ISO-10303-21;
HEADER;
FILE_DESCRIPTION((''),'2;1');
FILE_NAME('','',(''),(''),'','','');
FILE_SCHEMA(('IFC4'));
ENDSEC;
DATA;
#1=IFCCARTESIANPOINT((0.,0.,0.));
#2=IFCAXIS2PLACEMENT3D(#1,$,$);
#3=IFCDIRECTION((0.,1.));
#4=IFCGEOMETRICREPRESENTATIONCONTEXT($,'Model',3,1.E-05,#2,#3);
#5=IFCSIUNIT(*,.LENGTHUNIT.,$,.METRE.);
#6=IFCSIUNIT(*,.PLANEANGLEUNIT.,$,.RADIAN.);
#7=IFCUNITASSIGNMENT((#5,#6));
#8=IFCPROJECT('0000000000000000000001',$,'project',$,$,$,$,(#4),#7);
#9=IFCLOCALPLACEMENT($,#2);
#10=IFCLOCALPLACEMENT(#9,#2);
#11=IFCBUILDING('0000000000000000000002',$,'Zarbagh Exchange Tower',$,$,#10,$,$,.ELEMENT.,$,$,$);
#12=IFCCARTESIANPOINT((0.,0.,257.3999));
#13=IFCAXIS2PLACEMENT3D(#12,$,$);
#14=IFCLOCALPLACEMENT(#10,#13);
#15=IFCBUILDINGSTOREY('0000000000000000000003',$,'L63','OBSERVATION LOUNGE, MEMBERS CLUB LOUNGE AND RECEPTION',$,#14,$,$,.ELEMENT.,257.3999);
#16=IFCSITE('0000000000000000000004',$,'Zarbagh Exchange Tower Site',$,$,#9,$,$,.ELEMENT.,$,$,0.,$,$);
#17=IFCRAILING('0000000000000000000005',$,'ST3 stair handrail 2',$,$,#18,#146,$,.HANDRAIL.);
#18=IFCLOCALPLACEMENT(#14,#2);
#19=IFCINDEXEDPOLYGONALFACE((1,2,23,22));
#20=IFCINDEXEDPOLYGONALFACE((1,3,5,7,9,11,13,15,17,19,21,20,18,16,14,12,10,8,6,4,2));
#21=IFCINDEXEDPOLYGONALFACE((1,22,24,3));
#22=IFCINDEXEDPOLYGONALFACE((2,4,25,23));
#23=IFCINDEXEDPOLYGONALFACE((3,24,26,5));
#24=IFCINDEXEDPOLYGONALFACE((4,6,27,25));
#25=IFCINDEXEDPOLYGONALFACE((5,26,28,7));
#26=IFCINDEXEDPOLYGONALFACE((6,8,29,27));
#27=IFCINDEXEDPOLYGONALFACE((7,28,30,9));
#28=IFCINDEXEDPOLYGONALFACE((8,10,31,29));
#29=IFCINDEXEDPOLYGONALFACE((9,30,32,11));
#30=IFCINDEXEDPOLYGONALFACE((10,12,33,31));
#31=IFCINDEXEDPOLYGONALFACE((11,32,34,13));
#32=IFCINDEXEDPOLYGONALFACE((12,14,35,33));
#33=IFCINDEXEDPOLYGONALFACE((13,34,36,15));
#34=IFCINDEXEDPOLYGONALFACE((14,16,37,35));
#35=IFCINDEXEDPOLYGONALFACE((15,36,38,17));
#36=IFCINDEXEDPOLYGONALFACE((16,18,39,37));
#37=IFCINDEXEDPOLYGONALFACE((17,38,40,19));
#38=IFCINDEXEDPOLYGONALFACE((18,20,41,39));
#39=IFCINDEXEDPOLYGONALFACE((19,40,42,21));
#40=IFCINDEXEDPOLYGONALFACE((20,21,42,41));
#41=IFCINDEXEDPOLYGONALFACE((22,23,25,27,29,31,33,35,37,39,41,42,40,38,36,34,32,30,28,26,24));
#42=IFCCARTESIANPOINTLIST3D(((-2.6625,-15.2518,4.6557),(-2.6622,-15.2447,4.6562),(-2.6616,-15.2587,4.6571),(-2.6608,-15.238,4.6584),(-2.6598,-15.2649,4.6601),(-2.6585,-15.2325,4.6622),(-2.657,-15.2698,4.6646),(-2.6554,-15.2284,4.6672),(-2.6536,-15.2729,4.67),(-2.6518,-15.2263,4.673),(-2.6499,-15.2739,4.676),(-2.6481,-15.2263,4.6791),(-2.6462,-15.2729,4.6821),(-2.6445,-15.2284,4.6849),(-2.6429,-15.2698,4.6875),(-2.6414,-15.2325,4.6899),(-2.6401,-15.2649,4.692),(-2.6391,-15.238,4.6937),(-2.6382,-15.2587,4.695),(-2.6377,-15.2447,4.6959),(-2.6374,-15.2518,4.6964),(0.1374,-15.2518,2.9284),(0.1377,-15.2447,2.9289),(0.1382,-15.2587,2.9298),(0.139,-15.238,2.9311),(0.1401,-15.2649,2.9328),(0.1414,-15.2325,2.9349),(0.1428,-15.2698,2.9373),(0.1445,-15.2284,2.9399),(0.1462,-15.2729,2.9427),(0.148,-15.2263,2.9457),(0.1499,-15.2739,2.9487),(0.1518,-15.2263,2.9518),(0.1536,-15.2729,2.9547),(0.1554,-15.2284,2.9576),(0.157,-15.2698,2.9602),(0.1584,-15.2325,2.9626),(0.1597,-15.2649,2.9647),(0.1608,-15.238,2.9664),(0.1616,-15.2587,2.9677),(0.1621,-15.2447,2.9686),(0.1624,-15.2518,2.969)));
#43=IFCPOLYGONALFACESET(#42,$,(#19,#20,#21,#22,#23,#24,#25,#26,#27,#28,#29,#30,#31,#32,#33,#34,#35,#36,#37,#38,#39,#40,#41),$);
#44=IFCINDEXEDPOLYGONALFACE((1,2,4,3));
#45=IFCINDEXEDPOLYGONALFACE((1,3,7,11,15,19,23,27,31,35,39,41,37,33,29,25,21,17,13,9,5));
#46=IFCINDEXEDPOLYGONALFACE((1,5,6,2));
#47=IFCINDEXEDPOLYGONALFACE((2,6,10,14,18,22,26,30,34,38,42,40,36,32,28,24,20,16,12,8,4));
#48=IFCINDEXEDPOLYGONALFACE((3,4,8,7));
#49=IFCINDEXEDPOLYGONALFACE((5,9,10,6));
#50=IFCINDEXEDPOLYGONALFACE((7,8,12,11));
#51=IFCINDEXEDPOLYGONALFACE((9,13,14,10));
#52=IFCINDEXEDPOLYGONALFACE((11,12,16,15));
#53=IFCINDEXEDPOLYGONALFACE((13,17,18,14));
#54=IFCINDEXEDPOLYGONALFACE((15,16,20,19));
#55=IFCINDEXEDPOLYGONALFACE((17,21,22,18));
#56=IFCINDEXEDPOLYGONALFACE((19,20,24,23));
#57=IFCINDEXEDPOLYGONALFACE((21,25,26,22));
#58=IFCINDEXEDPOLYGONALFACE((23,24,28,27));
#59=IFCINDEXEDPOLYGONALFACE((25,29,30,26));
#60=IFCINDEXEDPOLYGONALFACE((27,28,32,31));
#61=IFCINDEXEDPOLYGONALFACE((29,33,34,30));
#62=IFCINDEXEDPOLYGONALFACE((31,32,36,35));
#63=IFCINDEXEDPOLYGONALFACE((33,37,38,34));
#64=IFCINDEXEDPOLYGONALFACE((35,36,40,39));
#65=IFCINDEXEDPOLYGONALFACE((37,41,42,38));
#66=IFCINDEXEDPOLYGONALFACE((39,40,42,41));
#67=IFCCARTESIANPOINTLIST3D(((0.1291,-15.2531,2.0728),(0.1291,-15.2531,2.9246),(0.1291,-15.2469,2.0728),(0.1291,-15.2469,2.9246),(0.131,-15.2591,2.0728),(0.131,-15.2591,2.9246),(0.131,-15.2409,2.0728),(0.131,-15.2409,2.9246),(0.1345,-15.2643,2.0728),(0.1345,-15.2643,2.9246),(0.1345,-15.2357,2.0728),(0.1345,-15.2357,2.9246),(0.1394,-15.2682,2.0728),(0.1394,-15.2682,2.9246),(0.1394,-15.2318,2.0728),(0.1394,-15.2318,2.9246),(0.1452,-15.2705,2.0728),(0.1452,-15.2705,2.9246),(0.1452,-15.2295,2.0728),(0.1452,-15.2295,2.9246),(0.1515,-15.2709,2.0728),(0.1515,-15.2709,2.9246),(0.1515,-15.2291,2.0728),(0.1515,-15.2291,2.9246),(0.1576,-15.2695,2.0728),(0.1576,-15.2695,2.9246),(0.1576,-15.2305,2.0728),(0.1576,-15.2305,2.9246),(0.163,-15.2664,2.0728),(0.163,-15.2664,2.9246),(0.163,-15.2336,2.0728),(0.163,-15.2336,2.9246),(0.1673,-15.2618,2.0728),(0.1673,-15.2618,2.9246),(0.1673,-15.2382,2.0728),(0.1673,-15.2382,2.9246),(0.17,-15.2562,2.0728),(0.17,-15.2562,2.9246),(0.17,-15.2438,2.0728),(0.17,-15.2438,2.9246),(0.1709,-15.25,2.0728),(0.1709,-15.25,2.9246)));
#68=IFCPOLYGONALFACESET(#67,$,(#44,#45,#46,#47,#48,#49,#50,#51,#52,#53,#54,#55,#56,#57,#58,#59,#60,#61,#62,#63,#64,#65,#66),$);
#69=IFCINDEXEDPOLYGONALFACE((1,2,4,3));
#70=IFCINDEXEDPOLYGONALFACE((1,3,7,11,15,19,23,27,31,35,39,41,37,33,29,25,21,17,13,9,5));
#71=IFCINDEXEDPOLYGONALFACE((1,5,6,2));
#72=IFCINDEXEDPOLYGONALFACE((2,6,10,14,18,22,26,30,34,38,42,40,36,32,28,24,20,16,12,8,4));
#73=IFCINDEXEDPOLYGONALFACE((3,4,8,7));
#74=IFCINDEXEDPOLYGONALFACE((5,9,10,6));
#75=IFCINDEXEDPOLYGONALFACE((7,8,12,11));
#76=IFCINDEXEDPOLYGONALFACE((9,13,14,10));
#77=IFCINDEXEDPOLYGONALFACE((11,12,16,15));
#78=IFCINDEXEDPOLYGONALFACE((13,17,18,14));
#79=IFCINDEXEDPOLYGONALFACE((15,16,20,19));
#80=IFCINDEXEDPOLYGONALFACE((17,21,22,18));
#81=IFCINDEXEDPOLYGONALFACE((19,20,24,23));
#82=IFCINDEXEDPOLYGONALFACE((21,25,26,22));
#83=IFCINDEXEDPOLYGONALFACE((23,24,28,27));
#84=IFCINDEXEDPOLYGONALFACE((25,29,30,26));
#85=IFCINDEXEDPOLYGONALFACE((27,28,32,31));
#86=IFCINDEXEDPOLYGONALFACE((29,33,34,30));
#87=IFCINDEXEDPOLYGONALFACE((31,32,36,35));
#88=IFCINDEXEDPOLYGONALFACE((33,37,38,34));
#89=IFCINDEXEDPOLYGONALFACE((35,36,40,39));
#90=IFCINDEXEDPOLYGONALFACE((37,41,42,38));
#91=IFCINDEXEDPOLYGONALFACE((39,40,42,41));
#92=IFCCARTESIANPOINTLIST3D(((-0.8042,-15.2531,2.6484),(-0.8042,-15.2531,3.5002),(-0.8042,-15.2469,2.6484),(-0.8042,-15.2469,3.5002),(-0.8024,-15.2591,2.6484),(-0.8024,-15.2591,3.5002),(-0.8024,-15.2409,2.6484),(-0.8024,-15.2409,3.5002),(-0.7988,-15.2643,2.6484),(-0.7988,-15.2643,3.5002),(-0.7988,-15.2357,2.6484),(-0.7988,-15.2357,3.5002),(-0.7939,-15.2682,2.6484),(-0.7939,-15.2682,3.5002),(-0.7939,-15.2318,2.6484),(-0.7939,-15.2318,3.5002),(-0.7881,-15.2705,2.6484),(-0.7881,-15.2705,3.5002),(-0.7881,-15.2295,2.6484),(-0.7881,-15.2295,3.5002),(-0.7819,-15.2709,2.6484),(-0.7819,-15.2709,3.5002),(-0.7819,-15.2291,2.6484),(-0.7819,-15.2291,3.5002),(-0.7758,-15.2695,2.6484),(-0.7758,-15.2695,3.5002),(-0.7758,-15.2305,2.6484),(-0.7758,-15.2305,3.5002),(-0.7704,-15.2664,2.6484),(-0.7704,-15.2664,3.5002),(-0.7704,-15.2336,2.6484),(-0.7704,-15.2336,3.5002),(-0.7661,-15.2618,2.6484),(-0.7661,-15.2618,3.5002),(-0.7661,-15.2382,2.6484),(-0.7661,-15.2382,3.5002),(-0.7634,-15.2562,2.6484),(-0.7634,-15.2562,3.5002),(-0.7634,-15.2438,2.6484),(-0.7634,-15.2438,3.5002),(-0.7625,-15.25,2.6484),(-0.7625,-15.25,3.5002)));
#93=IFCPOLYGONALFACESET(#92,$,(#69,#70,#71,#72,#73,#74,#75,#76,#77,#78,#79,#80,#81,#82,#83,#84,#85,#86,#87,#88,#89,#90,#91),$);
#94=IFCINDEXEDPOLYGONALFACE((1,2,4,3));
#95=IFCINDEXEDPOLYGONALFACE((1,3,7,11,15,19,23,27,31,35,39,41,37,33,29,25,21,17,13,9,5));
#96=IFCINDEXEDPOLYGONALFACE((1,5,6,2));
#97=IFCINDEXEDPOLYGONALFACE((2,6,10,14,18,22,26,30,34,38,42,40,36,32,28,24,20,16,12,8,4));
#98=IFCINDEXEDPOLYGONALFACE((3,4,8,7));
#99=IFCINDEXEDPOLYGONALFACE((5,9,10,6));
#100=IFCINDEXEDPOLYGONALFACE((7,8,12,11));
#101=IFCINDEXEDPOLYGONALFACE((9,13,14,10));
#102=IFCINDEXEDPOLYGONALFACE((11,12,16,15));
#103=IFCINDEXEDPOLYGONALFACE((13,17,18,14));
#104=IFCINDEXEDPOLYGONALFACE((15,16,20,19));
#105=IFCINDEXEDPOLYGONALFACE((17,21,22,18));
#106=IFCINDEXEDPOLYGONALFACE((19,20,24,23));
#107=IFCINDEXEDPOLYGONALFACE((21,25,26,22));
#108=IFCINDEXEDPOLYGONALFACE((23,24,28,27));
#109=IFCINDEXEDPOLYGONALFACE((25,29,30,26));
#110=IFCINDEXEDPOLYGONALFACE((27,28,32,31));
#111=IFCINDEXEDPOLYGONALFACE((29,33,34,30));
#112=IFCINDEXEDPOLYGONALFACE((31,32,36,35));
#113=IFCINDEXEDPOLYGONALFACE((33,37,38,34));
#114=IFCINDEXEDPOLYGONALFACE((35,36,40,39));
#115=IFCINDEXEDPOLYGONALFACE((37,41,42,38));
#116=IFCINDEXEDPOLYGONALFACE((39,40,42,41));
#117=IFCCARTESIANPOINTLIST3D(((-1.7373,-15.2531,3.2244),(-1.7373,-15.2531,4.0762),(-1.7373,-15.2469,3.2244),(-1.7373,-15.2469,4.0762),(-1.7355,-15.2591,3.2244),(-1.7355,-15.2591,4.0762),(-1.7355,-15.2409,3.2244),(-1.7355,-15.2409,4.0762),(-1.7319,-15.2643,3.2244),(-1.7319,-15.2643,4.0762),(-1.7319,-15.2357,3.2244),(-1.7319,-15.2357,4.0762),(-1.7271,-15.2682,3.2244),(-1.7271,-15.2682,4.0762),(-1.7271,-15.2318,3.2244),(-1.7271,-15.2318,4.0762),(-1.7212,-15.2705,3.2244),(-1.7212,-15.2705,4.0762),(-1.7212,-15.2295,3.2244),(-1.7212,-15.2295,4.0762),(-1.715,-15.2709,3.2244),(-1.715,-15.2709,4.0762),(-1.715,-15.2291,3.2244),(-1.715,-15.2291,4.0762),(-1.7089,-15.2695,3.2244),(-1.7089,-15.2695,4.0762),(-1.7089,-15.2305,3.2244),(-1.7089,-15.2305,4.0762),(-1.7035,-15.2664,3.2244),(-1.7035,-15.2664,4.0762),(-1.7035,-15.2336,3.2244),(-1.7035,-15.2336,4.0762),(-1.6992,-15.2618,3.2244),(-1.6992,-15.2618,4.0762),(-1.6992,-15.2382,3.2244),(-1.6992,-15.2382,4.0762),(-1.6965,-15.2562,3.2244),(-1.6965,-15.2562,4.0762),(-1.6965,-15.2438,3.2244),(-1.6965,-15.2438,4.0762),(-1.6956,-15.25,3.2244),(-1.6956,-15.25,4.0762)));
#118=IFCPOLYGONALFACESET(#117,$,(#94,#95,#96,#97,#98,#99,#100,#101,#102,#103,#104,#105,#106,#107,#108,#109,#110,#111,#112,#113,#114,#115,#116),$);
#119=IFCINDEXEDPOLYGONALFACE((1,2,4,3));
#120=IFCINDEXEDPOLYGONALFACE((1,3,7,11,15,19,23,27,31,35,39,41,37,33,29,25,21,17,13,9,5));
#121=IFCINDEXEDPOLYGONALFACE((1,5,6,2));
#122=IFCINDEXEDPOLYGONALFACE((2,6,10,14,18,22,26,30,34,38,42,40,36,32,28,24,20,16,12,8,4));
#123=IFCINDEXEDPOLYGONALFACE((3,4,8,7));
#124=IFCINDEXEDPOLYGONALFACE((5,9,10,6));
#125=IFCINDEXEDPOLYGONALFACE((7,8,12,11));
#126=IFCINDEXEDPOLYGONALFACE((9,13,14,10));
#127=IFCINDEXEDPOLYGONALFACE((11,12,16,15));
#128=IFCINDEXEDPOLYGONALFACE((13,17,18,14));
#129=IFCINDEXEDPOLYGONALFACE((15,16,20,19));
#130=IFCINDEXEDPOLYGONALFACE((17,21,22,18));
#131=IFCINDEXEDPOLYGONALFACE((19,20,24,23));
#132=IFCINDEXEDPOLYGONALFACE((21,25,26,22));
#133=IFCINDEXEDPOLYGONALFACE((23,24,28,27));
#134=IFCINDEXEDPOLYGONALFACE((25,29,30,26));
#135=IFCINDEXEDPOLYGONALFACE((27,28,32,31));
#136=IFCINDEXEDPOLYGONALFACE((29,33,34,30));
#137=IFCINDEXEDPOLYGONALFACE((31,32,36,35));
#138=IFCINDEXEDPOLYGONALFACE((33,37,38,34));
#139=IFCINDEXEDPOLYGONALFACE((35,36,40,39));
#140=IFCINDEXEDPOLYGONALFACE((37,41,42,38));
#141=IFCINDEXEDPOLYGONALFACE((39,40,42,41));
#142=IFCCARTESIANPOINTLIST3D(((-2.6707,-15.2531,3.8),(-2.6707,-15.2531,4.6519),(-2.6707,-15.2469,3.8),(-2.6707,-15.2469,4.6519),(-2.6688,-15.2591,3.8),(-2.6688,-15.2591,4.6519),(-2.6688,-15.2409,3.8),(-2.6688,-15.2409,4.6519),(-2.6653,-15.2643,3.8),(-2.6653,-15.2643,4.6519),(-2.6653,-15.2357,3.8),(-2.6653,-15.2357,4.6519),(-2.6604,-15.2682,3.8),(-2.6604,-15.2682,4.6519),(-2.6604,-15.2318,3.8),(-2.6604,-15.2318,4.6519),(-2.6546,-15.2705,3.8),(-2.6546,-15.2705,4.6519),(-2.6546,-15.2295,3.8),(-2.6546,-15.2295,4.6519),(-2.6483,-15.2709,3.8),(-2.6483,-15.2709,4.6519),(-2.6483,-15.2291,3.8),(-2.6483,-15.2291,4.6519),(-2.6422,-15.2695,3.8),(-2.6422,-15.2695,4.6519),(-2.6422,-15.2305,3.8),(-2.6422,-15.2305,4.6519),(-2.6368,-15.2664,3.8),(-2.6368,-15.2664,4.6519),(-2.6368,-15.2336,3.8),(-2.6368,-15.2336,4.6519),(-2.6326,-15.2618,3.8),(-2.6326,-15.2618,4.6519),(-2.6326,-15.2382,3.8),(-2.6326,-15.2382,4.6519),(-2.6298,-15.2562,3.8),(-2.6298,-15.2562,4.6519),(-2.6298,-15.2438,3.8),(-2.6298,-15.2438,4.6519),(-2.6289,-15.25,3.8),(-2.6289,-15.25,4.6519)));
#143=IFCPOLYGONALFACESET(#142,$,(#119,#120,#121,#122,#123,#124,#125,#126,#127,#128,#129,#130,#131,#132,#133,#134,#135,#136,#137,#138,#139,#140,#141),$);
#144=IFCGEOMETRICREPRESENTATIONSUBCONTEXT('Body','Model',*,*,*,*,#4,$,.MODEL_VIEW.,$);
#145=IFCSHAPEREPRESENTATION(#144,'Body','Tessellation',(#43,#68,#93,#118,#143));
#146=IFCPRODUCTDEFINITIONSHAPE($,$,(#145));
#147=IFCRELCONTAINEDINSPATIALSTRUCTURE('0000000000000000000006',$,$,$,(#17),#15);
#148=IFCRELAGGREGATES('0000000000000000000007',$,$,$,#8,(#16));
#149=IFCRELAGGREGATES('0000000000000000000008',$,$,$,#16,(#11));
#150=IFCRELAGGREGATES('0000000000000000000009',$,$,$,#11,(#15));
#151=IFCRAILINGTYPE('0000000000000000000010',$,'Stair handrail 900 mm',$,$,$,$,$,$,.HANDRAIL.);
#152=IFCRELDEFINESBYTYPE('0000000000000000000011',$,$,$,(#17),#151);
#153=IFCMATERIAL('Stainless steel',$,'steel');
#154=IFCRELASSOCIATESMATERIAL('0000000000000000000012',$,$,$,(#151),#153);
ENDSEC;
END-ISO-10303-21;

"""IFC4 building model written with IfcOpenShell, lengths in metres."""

from ifc_helpers import new_model, si_unit, direction, frame, origin, origin_2d, place, context, subcontext, project, spatial, circle, extrude, material, type_object, element, save


model = new_model("IFC4")

# Units and contexts
model_context = context("Model", 3, precision=1e-05, world=origin(), true_north=direction((0.0, 1.0)))
body_context = subcontext(model_context, "Body", "Model", "MODEL_VIEW")
ifc_project = project(units=[si_unit("LENGTHUNIT", "METRE"), si_unit("PLANEANGLEUNIT", "RADIAN")], contexts=[model_context])

# Site, building, storey
site_placement = place(None, origin())
site = spatial("IfcSite", under=ifc_project, at=site_placement, Name="Zarbagh Exchange Tower Site", CompositionType="ELEMENT", RefElevation=0.0)
building_placement = place(site_placement, origin())
building = spatial("IfcBuilding", under=site, at=building_placement, Name="Zarbagh Exchange Tower", CompositionType="ELEMENT")
storey_placement = place(building_placement, frame((0.0, 0.0, 257.3999)))
storey = spatial("IfcBuildingStorey", under=building, at=storey_placement, Name="L63", Description="OBSERVATION LOUNGE, MEMBERS CLUB LOUNGE AND RECEPTION", CompositionType="ELEMENT", Elevation=257.3999)

# Shared definitions
ifc_material_1 = material(Name="Stainless steel", Category="steel")

# Railing
railing_type = type_object("IfcRailingType", Name="Stair handrail 900 mm", PredefinedType="HANDRAIL", material=ifc_material_1)
railing_placement = place(storey_placement, frame((0.1499, -15.25, 2.0728)))
element("IfcRailing", 1, at=railing_placement, inside=storey, type_object=railing_type, Name="ST3 stair handrail 2", PredefinedType="HANDRAIL", context=body_context, shape_type="SweptSolid", body=[
    extrude(circle(Radius=0.0239, at=origin_2d()), frame((0.0, 0.0, 0.876), z_axis=(-0.851069, 0.0, 0.525054), x_axis=(0.0, -1.0, 0.0)), (0.0, 0.0, 1.0), 3.2898),
    extrude(circle(Radius=0.021, at=origin_2d()), origin(), (0.0, 0.0, 1.0), 0.8518),
    extrude(circle(Radius=0.021, at=origin_2d()), frame((-0.9333, 0.0, 0.5757)), (0.0, 0.0, 1.0), 0.8518),
    extrude(circle(Radius=0.021, at=origin_2d()), frame((-1.8665, 0.0, 1.1516)), (0.0, 0.0, 1.0), 0.8518),
    extrude(circle(Radius=0.021, at=origin_2d()), frame((-2.7998, 0.0, 1.7273)), (0.0, 0.0, 1.0), 0.8518),
])

save(model, "model.ifc")
